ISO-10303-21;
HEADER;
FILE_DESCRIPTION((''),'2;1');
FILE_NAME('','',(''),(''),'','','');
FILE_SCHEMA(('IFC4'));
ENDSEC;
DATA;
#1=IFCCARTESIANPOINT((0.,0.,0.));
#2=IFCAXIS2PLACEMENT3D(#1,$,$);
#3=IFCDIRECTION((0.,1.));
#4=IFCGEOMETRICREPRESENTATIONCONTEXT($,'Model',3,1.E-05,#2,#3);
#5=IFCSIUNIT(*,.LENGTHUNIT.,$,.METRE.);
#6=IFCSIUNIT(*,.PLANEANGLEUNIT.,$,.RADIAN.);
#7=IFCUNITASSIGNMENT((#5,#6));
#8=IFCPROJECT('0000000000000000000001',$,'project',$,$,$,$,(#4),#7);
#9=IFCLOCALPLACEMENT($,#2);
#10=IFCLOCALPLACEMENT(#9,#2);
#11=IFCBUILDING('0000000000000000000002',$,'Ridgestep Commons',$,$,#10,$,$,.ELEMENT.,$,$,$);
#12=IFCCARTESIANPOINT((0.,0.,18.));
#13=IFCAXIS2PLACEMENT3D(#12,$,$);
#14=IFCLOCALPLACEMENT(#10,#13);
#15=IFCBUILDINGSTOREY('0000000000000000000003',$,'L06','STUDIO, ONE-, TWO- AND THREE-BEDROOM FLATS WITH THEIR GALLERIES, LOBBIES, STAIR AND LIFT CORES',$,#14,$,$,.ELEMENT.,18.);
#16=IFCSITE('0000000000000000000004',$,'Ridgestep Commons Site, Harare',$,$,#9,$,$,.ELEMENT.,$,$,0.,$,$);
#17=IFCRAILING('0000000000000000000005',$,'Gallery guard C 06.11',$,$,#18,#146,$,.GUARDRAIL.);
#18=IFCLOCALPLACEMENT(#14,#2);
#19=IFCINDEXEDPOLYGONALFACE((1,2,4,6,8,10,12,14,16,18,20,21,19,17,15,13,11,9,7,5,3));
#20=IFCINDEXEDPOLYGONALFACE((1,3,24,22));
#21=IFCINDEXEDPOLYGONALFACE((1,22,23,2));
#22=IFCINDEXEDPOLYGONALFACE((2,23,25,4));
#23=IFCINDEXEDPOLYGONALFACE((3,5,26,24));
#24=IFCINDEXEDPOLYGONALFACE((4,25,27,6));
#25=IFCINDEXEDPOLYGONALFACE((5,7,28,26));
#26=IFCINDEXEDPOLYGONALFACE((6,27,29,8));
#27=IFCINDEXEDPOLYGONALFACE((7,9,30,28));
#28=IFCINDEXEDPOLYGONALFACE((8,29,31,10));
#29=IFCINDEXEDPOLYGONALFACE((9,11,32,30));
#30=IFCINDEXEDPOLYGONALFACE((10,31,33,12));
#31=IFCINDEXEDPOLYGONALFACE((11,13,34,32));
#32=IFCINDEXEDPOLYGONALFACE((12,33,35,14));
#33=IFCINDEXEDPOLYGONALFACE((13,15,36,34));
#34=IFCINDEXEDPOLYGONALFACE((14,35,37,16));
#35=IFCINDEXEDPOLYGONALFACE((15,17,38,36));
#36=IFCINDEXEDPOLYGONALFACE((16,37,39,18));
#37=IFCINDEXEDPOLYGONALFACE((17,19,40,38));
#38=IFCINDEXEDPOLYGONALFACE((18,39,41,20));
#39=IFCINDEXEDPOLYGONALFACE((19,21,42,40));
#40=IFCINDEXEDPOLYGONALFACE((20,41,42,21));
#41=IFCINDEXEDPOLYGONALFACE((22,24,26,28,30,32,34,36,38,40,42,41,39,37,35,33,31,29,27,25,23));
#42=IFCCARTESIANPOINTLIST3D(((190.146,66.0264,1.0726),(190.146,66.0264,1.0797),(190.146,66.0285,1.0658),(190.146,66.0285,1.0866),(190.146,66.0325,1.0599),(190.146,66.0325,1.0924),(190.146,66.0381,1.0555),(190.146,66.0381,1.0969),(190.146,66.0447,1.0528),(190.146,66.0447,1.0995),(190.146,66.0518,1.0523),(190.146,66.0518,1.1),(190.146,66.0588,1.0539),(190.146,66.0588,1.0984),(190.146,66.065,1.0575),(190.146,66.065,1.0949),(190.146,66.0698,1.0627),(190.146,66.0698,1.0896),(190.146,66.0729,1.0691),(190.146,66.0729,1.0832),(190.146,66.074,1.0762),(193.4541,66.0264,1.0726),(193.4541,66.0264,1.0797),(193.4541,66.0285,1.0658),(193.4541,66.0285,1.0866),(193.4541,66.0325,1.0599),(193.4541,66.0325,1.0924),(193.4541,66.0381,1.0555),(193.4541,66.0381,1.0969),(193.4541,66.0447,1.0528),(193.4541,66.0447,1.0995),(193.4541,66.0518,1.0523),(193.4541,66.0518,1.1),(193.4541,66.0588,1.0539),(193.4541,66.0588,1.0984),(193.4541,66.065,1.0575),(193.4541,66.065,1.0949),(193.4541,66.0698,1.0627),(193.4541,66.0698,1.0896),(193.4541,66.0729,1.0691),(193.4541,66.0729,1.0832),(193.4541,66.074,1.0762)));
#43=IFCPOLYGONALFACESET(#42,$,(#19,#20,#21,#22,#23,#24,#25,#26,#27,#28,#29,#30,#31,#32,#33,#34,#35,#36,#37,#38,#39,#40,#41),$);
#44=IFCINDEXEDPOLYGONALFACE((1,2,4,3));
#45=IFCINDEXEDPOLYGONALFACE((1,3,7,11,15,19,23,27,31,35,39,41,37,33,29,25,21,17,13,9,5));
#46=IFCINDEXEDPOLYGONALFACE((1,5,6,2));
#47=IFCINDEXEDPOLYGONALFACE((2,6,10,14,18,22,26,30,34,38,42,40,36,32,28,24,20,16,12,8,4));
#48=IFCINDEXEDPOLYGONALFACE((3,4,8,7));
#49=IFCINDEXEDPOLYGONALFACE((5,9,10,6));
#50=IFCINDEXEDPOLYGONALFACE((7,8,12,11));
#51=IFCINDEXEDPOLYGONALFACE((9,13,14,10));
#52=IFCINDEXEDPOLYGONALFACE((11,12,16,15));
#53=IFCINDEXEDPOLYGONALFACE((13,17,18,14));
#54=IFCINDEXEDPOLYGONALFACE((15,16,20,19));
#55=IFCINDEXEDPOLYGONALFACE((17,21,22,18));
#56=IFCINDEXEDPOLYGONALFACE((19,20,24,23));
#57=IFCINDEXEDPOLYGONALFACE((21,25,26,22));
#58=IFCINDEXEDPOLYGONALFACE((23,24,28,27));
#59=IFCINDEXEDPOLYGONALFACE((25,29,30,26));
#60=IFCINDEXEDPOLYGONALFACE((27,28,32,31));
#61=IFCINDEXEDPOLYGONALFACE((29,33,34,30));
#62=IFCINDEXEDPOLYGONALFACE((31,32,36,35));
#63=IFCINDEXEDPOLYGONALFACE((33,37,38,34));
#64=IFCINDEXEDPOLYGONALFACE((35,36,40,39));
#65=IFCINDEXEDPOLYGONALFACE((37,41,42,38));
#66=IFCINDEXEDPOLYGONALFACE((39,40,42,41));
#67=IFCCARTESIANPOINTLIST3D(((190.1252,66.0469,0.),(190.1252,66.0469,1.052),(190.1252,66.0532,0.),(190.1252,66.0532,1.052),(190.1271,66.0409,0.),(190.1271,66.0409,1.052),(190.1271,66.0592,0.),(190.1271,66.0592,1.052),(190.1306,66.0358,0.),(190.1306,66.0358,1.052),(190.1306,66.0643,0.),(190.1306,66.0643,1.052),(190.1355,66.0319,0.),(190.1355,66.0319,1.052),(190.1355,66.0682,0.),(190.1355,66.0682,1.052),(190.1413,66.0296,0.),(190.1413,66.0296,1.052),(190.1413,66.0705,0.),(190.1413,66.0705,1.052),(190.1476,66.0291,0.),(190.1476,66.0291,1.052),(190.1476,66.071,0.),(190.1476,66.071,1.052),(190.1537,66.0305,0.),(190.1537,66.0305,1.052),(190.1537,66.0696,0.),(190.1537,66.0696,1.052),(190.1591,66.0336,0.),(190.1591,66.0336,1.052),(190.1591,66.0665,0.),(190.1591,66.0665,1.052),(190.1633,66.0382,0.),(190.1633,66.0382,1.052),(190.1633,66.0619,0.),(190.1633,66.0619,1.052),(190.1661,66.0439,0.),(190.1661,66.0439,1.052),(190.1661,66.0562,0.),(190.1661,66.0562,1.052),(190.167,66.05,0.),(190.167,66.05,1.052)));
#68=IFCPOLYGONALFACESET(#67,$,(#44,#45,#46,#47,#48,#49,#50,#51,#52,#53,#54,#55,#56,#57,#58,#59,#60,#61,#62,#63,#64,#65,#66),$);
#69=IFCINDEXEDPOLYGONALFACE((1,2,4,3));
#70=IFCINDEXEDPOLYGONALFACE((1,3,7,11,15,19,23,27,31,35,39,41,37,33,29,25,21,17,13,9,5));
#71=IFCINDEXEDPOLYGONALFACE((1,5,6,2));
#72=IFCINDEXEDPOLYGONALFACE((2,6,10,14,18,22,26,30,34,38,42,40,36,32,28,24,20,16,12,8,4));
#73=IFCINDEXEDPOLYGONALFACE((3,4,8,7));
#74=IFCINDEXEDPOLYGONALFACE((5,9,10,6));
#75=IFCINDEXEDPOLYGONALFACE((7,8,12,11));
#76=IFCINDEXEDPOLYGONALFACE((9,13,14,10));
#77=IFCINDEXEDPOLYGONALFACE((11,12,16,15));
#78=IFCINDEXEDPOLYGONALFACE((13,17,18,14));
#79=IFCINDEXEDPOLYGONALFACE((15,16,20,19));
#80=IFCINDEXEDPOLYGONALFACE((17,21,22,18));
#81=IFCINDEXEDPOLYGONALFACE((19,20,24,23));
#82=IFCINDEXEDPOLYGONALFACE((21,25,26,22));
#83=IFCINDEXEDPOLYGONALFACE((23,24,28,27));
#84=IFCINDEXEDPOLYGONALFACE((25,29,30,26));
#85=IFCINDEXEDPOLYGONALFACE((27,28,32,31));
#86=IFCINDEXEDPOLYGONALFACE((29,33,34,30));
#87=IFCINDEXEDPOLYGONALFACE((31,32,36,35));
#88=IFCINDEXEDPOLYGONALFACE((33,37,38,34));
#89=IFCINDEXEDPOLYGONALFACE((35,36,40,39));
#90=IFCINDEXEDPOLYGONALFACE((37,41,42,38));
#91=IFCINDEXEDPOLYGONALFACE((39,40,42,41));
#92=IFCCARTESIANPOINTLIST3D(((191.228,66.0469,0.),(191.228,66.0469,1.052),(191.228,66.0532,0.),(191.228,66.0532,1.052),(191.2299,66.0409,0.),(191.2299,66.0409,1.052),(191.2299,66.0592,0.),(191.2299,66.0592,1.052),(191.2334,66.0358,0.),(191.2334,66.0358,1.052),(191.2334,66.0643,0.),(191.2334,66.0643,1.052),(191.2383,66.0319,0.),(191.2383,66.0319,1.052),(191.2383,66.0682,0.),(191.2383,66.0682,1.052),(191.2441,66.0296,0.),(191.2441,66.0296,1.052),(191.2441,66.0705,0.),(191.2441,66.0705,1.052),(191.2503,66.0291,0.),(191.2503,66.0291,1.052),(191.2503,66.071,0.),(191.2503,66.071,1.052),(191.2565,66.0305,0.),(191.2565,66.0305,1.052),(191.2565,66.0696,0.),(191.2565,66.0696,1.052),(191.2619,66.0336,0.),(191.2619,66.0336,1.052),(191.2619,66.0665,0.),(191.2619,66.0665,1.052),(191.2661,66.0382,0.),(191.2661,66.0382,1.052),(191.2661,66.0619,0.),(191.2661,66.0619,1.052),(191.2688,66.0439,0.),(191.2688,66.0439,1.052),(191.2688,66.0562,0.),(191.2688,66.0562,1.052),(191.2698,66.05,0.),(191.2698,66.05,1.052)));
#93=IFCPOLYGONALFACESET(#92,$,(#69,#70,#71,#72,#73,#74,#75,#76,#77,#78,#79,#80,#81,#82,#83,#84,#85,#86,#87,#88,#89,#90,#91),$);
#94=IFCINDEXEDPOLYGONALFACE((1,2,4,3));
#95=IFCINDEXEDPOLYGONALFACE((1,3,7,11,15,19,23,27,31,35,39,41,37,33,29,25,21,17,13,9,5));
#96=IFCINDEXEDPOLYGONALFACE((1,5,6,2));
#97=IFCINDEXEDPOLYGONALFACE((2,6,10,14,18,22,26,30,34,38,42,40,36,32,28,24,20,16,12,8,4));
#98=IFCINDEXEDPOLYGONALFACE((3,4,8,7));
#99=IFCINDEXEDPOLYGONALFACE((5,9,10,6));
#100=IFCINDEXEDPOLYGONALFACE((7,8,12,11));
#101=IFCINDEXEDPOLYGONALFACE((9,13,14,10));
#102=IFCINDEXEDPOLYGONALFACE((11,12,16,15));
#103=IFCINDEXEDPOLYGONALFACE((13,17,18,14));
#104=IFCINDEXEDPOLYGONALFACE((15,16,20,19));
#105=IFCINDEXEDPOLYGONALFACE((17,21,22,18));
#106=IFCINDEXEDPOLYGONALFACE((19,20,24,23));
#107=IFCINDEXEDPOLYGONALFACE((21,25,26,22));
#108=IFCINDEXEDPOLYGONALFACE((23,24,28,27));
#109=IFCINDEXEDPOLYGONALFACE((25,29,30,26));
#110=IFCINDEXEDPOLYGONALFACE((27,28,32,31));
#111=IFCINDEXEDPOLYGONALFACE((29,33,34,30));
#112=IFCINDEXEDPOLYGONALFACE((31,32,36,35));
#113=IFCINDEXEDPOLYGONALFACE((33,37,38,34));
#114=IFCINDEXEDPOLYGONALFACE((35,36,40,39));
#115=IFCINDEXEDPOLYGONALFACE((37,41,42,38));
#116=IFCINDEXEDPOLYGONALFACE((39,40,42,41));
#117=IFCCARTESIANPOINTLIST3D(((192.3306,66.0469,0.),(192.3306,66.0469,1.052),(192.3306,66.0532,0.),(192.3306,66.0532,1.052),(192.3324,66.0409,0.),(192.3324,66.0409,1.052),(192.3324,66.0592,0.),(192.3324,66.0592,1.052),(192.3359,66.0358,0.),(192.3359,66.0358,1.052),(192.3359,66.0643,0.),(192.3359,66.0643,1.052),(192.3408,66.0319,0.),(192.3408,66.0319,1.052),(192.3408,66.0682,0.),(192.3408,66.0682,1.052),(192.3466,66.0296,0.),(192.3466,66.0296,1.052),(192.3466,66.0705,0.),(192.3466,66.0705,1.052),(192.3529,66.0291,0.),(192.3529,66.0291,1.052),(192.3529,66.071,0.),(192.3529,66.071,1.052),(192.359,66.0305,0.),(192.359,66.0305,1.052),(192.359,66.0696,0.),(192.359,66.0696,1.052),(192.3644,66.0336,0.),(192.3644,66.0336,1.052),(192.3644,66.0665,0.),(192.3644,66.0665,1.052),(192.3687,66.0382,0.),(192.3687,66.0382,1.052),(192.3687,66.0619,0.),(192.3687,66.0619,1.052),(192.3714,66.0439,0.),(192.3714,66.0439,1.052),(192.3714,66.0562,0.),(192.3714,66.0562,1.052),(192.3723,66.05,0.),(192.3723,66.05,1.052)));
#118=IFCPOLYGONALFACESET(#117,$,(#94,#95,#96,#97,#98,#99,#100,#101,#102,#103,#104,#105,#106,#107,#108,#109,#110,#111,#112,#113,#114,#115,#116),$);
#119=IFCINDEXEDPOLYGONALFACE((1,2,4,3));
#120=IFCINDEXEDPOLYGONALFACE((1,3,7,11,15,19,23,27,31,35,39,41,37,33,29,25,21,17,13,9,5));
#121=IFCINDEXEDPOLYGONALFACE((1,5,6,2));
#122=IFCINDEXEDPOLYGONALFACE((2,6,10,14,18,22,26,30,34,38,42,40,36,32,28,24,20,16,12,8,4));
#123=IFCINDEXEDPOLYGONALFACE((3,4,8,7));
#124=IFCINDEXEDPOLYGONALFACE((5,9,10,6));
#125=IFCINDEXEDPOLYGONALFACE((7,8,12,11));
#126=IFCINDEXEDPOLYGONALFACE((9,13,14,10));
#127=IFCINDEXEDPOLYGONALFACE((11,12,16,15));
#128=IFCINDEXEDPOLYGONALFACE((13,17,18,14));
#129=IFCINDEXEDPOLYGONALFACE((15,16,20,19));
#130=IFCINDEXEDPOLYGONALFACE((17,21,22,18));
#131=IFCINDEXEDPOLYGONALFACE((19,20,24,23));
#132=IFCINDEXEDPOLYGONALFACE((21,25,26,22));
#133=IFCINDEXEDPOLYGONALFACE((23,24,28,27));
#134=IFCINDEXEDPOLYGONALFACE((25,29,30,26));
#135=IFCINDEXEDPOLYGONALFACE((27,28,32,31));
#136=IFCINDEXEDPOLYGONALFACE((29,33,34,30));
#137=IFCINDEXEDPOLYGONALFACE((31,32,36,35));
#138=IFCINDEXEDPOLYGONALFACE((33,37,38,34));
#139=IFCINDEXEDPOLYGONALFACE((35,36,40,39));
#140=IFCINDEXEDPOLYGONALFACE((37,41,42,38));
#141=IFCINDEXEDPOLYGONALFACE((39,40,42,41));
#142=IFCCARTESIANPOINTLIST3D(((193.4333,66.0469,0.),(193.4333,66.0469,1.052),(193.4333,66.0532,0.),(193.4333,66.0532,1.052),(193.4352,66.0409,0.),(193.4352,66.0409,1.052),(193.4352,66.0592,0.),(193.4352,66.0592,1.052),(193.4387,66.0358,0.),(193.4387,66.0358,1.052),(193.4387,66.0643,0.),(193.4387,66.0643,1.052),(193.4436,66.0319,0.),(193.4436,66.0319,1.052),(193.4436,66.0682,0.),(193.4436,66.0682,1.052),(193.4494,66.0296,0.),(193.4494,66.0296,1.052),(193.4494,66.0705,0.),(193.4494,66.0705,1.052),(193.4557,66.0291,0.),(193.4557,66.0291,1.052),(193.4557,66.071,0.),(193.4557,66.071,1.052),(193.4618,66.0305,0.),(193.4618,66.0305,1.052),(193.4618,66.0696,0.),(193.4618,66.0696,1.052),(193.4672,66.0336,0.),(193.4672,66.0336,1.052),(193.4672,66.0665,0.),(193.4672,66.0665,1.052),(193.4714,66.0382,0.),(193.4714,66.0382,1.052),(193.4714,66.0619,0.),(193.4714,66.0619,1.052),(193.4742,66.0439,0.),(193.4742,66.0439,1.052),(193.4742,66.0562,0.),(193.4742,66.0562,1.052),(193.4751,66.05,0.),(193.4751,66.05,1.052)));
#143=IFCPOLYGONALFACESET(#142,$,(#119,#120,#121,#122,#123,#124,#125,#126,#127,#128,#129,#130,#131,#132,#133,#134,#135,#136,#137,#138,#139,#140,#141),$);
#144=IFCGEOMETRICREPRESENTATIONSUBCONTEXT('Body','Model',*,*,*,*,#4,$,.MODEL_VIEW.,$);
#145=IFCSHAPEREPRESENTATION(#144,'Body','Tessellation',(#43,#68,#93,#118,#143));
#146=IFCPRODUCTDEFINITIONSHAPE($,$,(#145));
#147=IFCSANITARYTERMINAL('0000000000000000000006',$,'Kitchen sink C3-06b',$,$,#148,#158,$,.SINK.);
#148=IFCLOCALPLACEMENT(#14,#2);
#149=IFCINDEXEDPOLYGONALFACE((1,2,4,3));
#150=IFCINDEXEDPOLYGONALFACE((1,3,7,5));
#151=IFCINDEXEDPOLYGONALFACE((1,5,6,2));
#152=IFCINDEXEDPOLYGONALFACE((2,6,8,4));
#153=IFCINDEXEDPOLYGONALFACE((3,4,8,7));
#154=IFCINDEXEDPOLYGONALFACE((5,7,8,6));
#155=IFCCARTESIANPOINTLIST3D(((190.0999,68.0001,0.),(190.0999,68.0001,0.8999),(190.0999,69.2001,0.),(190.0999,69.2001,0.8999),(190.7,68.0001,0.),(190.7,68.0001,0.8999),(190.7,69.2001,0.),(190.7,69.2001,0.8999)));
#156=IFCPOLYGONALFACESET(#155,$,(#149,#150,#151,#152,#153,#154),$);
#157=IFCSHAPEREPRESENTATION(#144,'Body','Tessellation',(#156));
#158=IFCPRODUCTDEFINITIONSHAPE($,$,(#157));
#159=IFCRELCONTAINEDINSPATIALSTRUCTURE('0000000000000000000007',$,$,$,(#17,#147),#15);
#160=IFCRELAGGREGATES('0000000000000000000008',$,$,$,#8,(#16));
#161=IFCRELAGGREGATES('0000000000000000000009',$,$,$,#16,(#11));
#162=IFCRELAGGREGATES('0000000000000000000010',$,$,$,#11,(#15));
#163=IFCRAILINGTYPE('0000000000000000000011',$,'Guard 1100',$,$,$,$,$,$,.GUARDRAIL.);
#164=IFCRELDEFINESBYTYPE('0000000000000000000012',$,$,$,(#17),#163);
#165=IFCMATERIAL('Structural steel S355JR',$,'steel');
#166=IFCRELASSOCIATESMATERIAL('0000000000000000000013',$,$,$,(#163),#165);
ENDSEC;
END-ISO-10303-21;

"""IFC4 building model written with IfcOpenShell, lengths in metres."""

from ifc_helpers import new_model, si_unit, direction, frame, origin, origin_2d, place, context, subcontext, project, spatial, rectangle, circle, extrude, material, type_object, element, save


model = new_model("IFC4")

# Units and contexts
model_context = context("Model", 3, precision=1e-05, world=origin(), true_north=direction((0.0, 1.0)))
body_context = subcontext(model_context, "Body", "Model", "MODEL_VIEW")
ifc_project = project(units=[si_unit("LENGTHUNIT", "METRE"), si_unit("PLANEANGLEUNIT", "RADIAN")], contexts=[model_context])

# Site, building, storey
site_placement = place(None, origin())
site = spatial("IfcSite", under=ifc_project, at=site_placement, Name="Ridgestep Commons Site, Harare", CompositionType="ELEMENT", RefElevation=0.0)
building_placement = place(site_placement, origin())
building = spatial("IfcBuilding", under=site, at=building_placement, Name="Ridgestep Commons", CompositionType="ELEMENT")
storey_placement = place(building_placement, frame((0.0, 0.0, 18.0)))
storey = spatial("IfcBuildingStorey", under=building, at=storey_placement, Name="L06", Description="STUDIO, ONE-, TWO- AND THREE-BEDROOM FLATS WITH THEIR GALLERIES, LOBBIES, STAIR AND LIFT CORES", CompositionType="ELEMENT", Elevation=18.0)

# Railing
ifc_material_1 = material(Name="Structural steel S355JR", Category="steel")
railing_type = type_object("IfcRailingType", Name="Guard 1100", PredefinedType="GUARDRAIL", material=ifc_material_1)
for number, where, name in (
    (1, (190.146, 66.05, 0.0), "Gallery guard C 06.11"),
):
    element("IfcRailing", number, at=place(storey_placement, frame(where)), inside=storey, type_object=railing_type, Name=name, PredefinedType="GUARDRAIL", context=body_context, shape_type="SweptSolid", body=[
        extrude(circle(Radius=0.0239, at=origin_2d()), frame((0.0, 0.0, 1.0762), z_axis=(1.0, 0.0, 0.0), x_axis=(0.0, 1.0, 0.0)), (0.0, 0.0, 1.0), 3.3081),
        extrude(circle(Radius=0.021, at=origin_2d()), origin(), (0.0, 0.0, 1.0), 1.052),
        extrude(circle(Radius=0.021, at=origin_2d()), frame((1.1028, 0.0, 0.0)), (0.0, 0.0, 1.0), 1.052),
        extrude(circle(Radius=0.021, at=origin_2d()), frame((2.2053, 0.0, 0.0)), (0.0, 0.0, 1.0), 1.052),
        extrude(circle(Radius=0.021, at=origin_2d()), frame((3.3081, 0.0, 0.0)), (0.0, 0.0, 1.0), 1.052),
    ])

# Sanitary terminal
sanitary_terminal_placement = place(storey_placement, frame((190.3999, 68.6001, 0.0), z_axis=(0.0, 0.0, 1.0), x_axis=(1.0, 0.0, 0.0)))
element("IfcSanitaryTerminal", 2, at=sanitary_terminal_placement, inside=storey, Name="Kitchen sink C3-06b", PredefinedType="SINK", context=body_context, shape_type="SweptSolid", body=[
    extrude(rectangle(XDim=0.6001, YDim=1.2, at=origin_2d()), origin(), (0.0, 0.0, 1.0), 0.8999),
])

save(model, "model.ifc")
